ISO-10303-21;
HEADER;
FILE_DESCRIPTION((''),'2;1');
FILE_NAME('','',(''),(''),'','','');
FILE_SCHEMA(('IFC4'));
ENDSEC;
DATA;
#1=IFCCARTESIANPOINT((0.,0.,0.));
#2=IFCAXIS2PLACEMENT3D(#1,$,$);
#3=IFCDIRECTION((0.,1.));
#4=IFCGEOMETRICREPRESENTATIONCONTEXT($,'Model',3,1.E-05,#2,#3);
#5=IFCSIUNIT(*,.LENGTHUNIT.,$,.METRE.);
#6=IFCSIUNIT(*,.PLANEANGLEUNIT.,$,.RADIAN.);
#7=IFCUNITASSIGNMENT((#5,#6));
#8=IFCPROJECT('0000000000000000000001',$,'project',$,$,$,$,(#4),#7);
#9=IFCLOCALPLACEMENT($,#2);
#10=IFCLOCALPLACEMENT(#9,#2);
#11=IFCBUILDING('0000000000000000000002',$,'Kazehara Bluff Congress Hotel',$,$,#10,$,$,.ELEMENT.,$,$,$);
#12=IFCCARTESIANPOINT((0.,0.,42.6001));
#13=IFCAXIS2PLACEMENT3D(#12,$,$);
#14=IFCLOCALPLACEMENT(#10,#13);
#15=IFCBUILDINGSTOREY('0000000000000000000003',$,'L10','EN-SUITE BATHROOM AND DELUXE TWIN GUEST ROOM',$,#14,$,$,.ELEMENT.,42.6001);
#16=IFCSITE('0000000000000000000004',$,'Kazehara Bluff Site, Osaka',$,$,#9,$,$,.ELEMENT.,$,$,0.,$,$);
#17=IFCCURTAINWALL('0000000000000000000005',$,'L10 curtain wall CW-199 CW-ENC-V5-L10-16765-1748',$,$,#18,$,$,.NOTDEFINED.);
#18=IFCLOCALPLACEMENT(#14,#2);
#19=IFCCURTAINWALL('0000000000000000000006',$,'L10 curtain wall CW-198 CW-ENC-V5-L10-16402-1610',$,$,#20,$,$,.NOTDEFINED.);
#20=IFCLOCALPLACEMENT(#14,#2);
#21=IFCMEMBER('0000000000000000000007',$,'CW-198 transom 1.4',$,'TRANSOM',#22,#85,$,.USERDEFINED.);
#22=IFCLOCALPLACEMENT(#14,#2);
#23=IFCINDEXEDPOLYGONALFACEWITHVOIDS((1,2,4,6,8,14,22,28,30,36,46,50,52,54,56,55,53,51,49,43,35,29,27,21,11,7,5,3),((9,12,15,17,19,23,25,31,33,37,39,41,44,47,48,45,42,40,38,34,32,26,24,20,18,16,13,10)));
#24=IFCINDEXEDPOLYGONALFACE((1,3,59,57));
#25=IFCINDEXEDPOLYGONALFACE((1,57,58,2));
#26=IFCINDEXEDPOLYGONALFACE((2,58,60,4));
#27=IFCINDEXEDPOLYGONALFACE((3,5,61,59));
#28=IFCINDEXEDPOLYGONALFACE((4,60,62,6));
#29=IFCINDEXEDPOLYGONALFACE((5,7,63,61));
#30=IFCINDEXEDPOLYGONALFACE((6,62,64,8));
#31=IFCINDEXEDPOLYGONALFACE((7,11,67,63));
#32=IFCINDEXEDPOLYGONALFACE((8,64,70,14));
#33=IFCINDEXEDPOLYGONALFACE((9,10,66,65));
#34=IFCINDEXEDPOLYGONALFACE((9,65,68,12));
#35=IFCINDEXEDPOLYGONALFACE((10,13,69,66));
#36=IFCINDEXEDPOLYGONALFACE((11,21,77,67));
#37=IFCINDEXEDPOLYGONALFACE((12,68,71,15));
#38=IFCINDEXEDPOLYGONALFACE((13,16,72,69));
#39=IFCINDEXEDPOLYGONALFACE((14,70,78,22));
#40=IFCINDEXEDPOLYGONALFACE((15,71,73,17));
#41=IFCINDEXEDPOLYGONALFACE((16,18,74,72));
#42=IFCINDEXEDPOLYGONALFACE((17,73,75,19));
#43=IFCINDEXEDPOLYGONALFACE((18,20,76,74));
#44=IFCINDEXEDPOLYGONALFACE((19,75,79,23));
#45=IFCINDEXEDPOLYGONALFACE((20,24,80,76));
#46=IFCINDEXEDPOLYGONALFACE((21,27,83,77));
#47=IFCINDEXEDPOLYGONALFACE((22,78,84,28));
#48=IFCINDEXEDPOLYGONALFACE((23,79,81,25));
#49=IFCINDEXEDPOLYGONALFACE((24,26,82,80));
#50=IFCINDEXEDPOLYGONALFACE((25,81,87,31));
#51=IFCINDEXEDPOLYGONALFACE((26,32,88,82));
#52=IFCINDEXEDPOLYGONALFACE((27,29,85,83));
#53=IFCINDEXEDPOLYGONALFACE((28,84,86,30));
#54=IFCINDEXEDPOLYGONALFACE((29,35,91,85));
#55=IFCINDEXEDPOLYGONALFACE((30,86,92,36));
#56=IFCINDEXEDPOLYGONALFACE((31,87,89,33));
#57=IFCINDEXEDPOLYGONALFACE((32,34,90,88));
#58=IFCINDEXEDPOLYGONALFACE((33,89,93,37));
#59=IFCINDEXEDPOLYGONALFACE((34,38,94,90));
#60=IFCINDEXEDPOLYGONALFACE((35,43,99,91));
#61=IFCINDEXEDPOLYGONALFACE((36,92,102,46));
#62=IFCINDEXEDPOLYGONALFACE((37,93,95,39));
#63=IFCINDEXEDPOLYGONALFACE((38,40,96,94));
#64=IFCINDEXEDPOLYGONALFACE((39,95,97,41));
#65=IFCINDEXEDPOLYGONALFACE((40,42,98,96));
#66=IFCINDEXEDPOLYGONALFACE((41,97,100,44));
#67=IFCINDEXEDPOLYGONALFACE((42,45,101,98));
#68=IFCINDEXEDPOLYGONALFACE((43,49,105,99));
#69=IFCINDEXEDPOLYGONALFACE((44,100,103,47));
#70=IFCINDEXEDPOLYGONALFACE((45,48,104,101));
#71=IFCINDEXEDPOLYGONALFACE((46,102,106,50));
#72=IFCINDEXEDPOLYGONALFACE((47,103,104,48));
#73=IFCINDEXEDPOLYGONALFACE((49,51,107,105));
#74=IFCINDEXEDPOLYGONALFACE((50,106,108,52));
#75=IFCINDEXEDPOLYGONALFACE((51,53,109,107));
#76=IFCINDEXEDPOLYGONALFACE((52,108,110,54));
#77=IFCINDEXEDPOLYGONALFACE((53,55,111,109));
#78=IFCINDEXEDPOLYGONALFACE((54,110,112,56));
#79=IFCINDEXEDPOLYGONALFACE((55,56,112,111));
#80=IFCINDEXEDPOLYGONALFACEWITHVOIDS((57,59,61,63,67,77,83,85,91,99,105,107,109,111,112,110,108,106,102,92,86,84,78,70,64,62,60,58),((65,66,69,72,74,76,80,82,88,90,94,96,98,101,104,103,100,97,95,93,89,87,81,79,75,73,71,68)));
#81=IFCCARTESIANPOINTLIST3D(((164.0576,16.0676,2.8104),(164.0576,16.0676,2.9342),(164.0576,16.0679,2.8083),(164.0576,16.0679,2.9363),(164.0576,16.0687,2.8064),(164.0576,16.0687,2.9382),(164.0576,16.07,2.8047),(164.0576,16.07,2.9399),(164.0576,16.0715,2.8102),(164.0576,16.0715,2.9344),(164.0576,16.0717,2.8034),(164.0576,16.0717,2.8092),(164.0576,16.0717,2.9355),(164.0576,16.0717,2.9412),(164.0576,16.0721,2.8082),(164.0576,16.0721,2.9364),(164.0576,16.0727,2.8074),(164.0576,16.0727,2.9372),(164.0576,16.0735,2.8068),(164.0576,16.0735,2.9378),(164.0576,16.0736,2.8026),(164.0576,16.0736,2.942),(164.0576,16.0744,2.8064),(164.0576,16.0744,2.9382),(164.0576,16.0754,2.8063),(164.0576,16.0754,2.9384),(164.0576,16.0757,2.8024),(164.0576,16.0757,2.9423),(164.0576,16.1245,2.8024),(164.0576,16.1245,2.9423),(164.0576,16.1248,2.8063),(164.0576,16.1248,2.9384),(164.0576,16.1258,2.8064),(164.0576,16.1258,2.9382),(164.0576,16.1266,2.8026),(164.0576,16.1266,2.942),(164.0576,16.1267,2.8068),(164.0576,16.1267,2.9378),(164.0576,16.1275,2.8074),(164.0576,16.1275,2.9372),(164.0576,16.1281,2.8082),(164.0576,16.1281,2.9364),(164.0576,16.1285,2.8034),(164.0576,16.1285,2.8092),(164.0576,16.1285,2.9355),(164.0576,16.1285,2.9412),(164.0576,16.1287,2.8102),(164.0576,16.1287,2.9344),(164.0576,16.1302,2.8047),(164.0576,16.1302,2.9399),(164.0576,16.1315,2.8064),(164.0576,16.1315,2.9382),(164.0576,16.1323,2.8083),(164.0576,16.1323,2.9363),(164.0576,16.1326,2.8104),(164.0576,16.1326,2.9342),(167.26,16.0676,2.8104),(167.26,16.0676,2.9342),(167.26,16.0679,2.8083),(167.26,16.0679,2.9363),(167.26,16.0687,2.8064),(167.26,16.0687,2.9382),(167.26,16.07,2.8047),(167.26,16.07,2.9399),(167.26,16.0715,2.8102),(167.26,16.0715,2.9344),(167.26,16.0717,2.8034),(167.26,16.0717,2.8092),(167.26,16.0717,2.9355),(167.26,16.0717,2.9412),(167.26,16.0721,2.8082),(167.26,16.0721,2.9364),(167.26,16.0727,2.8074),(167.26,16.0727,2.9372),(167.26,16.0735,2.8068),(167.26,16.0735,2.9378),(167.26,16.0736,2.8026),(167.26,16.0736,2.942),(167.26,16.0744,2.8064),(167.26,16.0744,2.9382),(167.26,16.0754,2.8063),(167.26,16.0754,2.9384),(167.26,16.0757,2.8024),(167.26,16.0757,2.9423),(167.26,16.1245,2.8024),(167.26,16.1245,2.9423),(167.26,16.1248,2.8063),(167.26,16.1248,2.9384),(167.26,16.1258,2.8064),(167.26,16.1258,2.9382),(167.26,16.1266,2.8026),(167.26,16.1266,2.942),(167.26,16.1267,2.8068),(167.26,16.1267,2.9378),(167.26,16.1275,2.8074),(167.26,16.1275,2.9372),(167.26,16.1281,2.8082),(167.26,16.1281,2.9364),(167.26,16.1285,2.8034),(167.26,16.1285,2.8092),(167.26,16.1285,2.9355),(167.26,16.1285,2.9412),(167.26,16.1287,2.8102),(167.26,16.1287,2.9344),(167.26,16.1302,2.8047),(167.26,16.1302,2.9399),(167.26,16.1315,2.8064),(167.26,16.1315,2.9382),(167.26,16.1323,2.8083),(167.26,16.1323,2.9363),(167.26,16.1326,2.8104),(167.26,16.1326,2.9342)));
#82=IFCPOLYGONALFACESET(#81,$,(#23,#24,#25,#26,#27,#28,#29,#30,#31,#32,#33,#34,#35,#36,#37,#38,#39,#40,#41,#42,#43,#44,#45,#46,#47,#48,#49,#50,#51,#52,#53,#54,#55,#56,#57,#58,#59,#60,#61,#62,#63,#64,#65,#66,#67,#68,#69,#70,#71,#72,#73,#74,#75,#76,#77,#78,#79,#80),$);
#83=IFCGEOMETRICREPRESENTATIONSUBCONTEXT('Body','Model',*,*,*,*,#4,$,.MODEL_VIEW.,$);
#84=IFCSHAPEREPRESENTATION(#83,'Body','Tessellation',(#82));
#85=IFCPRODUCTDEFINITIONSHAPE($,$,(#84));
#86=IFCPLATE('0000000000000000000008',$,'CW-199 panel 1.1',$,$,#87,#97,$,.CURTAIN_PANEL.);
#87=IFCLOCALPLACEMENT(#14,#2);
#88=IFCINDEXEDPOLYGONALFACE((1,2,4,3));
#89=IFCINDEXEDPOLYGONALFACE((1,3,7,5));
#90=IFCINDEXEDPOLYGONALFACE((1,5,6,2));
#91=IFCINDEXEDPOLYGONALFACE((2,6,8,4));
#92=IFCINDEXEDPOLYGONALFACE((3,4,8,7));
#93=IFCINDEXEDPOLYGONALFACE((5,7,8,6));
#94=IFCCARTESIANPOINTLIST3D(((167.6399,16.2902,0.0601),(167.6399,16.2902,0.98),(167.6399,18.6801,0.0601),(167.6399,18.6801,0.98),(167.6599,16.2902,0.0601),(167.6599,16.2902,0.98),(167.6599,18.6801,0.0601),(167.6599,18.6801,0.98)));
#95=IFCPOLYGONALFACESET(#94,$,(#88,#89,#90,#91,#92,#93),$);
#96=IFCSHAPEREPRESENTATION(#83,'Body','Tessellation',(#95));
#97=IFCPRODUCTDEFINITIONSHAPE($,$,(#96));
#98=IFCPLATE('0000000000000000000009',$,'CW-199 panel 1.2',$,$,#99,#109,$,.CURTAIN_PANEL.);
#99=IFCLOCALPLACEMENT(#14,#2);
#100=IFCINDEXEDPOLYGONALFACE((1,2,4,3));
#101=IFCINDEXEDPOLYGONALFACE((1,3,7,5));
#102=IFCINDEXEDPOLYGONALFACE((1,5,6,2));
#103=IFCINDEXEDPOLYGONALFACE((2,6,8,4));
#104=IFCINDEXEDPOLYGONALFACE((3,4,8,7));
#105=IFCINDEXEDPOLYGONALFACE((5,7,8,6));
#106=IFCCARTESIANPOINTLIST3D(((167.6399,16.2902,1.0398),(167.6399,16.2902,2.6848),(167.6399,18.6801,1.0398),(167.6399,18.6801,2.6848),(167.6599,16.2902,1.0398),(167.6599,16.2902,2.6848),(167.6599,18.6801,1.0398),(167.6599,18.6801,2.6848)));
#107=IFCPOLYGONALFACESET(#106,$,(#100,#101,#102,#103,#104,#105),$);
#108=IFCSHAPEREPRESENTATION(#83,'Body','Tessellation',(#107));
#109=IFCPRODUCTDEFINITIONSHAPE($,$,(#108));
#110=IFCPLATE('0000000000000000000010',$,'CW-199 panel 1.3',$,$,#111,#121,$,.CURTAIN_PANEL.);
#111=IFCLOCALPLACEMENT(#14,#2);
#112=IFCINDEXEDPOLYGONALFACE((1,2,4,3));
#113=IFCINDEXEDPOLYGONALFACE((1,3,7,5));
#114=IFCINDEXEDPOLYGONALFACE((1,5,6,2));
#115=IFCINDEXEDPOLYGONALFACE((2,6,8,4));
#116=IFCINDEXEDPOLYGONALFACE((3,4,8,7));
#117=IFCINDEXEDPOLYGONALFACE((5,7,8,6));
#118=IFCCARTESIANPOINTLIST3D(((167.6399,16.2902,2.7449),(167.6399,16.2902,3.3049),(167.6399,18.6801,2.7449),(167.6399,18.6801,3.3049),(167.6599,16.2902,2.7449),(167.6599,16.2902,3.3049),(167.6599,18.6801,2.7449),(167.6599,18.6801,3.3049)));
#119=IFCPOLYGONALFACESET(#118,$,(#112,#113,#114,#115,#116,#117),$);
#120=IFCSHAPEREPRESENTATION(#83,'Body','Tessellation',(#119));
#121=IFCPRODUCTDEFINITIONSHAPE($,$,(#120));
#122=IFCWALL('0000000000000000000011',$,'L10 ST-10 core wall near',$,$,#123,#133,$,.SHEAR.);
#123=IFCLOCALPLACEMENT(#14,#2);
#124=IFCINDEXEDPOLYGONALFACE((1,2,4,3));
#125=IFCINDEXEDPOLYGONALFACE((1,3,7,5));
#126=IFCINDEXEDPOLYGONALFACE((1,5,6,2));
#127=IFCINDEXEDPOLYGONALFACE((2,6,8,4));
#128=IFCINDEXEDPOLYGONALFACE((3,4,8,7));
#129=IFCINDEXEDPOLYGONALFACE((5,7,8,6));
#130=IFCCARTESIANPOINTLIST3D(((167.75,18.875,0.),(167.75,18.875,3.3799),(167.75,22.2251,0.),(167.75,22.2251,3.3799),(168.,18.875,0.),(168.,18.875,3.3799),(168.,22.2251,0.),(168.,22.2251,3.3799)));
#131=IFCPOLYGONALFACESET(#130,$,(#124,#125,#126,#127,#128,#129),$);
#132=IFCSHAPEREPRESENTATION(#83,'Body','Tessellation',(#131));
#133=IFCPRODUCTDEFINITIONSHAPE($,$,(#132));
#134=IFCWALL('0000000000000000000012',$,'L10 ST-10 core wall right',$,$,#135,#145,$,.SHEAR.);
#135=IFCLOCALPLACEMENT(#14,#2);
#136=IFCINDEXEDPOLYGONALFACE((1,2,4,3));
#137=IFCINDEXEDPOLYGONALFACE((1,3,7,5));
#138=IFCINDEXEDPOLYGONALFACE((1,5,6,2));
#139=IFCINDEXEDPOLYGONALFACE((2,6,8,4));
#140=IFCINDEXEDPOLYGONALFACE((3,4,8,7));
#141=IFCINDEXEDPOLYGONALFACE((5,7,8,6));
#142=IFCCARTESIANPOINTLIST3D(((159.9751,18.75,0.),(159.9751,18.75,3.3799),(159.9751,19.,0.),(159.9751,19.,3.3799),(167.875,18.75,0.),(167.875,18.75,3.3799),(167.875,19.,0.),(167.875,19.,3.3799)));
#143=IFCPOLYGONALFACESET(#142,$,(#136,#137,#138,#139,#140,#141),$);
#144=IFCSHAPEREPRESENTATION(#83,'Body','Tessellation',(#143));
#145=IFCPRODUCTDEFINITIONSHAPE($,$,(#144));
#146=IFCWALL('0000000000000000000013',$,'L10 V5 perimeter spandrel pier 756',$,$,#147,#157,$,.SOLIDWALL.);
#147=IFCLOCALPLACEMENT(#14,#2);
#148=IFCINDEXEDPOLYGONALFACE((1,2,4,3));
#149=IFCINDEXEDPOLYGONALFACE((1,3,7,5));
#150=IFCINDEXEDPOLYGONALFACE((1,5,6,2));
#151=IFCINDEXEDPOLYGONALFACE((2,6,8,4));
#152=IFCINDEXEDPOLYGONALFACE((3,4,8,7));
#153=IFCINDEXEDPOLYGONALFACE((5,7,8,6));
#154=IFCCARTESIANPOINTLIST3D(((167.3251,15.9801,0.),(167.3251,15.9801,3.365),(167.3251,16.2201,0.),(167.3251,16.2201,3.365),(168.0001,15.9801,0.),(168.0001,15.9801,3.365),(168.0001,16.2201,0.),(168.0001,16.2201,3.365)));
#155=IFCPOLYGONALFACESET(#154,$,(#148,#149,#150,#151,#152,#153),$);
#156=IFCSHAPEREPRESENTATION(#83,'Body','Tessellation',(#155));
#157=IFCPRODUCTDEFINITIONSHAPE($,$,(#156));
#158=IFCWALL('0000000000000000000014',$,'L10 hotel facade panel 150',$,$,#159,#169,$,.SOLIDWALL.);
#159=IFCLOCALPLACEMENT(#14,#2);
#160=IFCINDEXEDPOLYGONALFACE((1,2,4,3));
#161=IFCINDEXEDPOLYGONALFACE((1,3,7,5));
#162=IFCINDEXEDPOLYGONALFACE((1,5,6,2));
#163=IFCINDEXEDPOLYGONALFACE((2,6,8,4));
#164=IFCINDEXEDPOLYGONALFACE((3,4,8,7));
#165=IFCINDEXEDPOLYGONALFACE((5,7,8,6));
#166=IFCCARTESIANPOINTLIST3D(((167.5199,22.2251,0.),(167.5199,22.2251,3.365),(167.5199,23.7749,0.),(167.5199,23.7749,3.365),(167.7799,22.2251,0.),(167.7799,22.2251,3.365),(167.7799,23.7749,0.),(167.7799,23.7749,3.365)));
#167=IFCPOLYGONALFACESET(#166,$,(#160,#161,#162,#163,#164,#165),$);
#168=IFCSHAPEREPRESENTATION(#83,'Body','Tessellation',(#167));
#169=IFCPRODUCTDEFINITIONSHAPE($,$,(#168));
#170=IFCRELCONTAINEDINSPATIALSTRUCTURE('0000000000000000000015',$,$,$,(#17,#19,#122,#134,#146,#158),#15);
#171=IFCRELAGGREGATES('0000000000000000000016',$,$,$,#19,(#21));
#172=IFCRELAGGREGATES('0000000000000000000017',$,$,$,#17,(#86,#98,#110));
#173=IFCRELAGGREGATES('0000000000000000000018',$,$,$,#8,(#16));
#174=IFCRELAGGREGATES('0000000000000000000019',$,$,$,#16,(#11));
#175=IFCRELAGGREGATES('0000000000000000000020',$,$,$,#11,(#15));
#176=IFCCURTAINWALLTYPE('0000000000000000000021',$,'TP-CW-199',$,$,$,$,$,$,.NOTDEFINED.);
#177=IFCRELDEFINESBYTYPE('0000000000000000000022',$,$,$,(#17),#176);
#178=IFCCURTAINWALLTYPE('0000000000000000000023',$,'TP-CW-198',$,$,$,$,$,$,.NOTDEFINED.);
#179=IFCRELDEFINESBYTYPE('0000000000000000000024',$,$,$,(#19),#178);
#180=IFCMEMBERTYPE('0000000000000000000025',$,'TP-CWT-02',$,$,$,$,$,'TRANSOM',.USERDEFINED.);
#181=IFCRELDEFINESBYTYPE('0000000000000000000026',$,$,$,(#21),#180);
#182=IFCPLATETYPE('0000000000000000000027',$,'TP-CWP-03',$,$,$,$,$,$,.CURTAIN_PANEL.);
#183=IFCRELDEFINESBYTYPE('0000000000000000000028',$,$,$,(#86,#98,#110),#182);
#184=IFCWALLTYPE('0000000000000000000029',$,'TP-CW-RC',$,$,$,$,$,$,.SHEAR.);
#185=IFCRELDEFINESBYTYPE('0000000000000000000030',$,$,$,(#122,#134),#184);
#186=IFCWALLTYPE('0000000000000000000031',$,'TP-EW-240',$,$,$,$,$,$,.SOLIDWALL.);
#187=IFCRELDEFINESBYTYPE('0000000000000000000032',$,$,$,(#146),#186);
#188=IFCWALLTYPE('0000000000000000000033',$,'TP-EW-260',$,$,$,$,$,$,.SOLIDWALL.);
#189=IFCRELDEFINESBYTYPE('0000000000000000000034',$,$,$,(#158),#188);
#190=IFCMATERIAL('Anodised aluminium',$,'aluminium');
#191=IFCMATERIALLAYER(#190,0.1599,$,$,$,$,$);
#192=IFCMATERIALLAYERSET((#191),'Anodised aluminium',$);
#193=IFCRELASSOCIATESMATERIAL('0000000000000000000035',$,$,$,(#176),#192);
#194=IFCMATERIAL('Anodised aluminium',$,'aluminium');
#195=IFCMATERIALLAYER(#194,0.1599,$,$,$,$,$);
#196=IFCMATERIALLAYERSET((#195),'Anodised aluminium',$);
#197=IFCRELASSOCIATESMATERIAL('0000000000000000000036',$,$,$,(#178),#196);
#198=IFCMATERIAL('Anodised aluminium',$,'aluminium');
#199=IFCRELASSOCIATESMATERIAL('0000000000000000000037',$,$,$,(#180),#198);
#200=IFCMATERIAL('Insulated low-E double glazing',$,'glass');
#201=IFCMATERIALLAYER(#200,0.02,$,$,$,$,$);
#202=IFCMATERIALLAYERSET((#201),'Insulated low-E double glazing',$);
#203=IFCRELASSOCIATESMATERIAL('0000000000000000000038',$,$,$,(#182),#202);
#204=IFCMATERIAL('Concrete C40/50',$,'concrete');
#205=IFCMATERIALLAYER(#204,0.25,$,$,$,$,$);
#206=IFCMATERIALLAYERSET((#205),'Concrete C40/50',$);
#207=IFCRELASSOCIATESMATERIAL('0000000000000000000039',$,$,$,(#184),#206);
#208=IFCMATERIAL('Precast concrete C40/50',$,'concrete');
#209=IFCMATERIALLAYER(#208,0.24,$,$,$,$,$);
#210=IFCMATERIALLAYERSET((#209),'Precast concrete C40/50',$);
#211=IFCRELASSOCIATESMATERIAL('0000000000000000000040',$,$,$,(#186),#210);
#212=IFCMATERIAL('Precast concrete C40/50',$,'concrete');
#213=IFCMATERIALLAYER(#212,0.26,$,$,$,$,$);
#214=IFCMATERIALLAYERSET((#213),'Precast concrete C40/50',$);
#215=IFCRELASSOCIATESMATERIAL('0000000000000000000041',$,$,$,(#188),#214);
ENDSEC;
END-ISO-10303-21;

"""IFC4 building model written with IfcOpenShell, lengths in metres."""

from ifc_helpers import new_model, si_unit, direction, frame, frame_2d, origin, origin_2d, place, context, subcontext, project, spatial, rectangle, hollow_rectangle, extrude, material, layer, layer_set, material_profile, profile_set, type_object, element, aggregate, save


model = new_model("IFC4")

# Units and contexts
model_context = context("Model", 3, precision=1e-05, world=origin(), true_north=direction((0.0, 1.0)))
body_context = subcontext(model_context, "Body", "Model", "MODEL_VIEW")
ifc_project = project(units=[si_unit("LENGTHUNIT", "METRE"), si_unit("PLANEANGLEUNIT", "RADIAN")], contexts=[model_context])

# Site, building, storey
site_placement = place(None, origin())
site = spatial("IfcSite", under=ifc_project, at=site_placement, Name="Kazehara Bluff Site, Osaka", CompositionType="ELEMENT", RefElevation=0.0)
building_placement = place(site_placement, origin())
building = spatial("IfcBuilding", under=site, at=building_placement, Name="Kazehara Bluff Congress Hotel", CompositionType="ELEMENT")
storey_placement = place(building_placement, frame((0.0, 0.0, 42.6001)))
storey = spatial("IfcBuildingStorey", under=building, at=storey_placement, Name="L10", Description="EN-SUITE BATHROOM AND DELUXE TWIN GUEST ROOM", CompositionType="ELEMENT", Elevation=42.6001)

# Curtain wall
ifc_material_1 = material(Name="Anodised aluminium", Category="aluminium")
ifc_layer_1 = layer(ifc_material_1, 0.1599)
ifc_layer_set_1 = layer_set([ifc_layer_1], Name="Anodised aluminium")
curtain_wall_type_1 = type_object("IfcCurtainWallType", Name="TP-CW-199", PredefinedType="NOTDEFINED", material=ifc_layer_set_1)
curtain_wall_1_placement = place(storey_placement, origin())
curtain_wall_1 = element("IfcCurtainWall", 1, at=curtain_wall_1_placement, inside=storey, type_object=curtain_wall_type_1, Name="L10 curtain wall CW-199 CW-ENC-V5-L10-16765-1748", PredefinedType="NOTDEFINED")

# Curtain wall
ifc_material_2 = material(Name="Anodised aluminium", Category="aluminium")
ifc_layer_2 = layer(ifc_material_2, 0.1599)
ifc_layer_set_2 = layer_set([ifc_layer_2], Name="Anodised aluminium")
curtain_wall_type_2 = type_object("IfcCurtainWallType", Name="TP-CW-198", PredefinedType="NOTDEFINED", material=ifc_layer_set_2)
curtain_wall_2_placement = place(storey_placement, origin())
curtain_wall_2 = element("IfcCurtainWall", 2, at=curtain_wall_2_placement, inside=storey, type_object=curtain_wall_type_2, Name="L10 curtain wall CW-198 CW-ENC-V5-L10-16402-1610", PredefinedType="NOTDEFINED")

# Member
ifc_material_3 = material(Name="Anodised aluminium", Category="aluminium")
ifc_material_profile_1 = material_profile(ifc_material_3, hollow_rectangle(XDim=0.0649, YDim=0.1399, WallThickness=0.0039, InnerFilletRadius=0.0039, OuterFilletRadius=0.0081, at=origin_2d()))
ifc_profile_set_1 = profile_set([ifc_material_profile_1], Name="Anodised aluminium")
member_type_1 = type_object("IfcMemberType", Name="TP-CWT-02", ElementType="TRANSOM", PredefinedType="USERDEFINED", material=ifc_profile_set_1)
member_1_placement = place(storey_placement, frame((167.26, 16.1001, 2.8723), z_axis=(-1.0, 0.0, 0.0), x_axis=(0.0, -1.0, 0.0)))
member_1 = element("IfcMember", 3, at=member_1_placement, type_object=member_type_1, Name="CW-198 transom 1.4", ObjectType="TRANSOM", PredefinedType="USERDEFINED", context=body_context, shape_type="SweptSolid", body=[
    extrude(hollow_rectangle(XDim=0.0649, YDim=0.1399, WallThickness=0.0039, InnerFilletRadius=0.0039, OuterFilletRadius=0.0081, at=origin_2d()), origin(), (0.0, 0.0, 1.0), 3.2024),
])
aggregate(curtain_wall_2, [member_1])

# Plates
ifc_material_4 = material(Name="Insulated low-E double glazing", Category="glass")
ifc_layer_3 = layer(ifc_material_4, 0.02)
ifc_layer_set_3 = layer_set([ifc_layer_3], Name="Insulated low-E double glazing")
plate_type = type_object("IfcPlateType", Name="TP-CWP-03", PredefinedType="CURTAIN_PANEL", material=ifc_layer_set_3)
plate_1_placement = place(storey_placement, frame((167.6499, 17.4851, 0.0601), z_axis=(0.0, 0.0, 1.0), x_axis=(0.0, -1.0, 0.0)))
plate_1 = element("IfcPlate", 4, at=plate_1_placement, type_object=plate_type, Name="CW-199 panel 1.1", PredefinedType="CURTAIN_PANEL", context=body_context, shape_type="SweptSolid", body=[
    extrude(rectangle(XDim=2.3899, YDim=0.02, at=origin_2d()), origin(), (0.0, 0.0, 1.0), 0.9199),
])
plate_2_placement = place(storey_placement, frame((167.6499, 17.4851, 1.0398), z_axis=(0.0, 0.0, 1.0), x_axis=(0.0, -1.0, 0.0)))
plate_2 = element("IfcPlate", 5, at=plate_2_placement, type_object=plate_type, Name="CW-199 panel 1.2", PredefinedType="CURTAIN_PANEL", context=body_context, shape_type="SweptSolid", body=[
    extrude(rectangle(XDim=2.3899, YDim=0.02, at=origin_2d()), origin(), (0.0, 0.0, 1.0), 1.645),
])
plate_3_placement = place(storey_placement, frame((167.6499, 17.4851, 2.7449), z_axis=(0.0, 0.0, 1.0), x_axis=(0.0, -1.0, 0.0)))
plate_3 = element("IfcPlate", 6, at=plate_3_placement, type_object=plate_type, Name="CW-199 panel 1.3", PredefinedType="CURTAIN_PANEL", context=body_context, shape_type="SweptSolid", body=[
    extrude(rectangle(XDim=2.3899, YDim=0.02, at=origin_2d()), origin(), (0.0, 0.0, 1.0), 0.5601),
])
aggregate(curtain_wall_1, [plate_1, plate_2, plate_3])

# Walls
ifc_material_5 = material(Name="Concrete C40/50", Category="concrete")
ifc_layer_4 = layer(ifc_material_5, 0.25)
ifc_layer_set_4 = layer_set([ifc_layer_4], Name="Concrete C40/50")
wall_type_1 = type_object("IfcWallType", Name="TP-CW-RC", PredefinedType="SHEAR", material=ifc_layer_set_4)
wall_1_placement = place(storey_placement, frame((167.875, 22.2251, 0.0), z_axis=(0.0, 0.0, 1.0), x_axis=(0.0, -1.0, 0.0)))
element("IfcWall", 7, at=wall_1_placement, inside=storey, type_object=wall_type_1, Name="L10 ST-10 core wall near", PredefinedType="SHEAR", context=body_context, shape_type="SweptSolid", body=[
    extrude(rectangle(XDim=3.3501, YDim=0.25, at=frame_2d((1.675, 0.0))), origin(), (0.0, 0.0, 1.0), 3.3799),
])
wall_2_placement = place(storey_placement, frame((167.875, 18.875, 0.0), z_axis=(0.0, 0.0, 1.0), x_axis=(-1.0, 0.0, 0.0)))
element("IfcWall", 8, at=wall_2_placement, inside=storey, type_object=wall_type_1, Name="L10 ST-10 core wall right", PredefinedType="SHEAR", context=body_context, shape_type="SweptSolid", body=[
    extrude(rectangle(XDim=7.8999, YDim=0.25, at=frame_2d((3.95, 0.0))), origin(), (0.0, 0.0, 1.0), 3.3799),
])
ifc_material_6 = material(Name="Precast concrete C40/50", Category="concrete")
ifc_layer_5 = layer(ifc_material_6, 0.24)
ifc_layer_set_5 = layer_set([ifc_layer_5], Name="Precast concrete C40/50")
wall_type_2 = type_object("IfcWallType", Name="TP-EW-240", PredefinedType="SOLIDWALL", material=ifc_layer_set_5)
wall_3_placement = place(storey_placement, frame((168.0, 16.1001, 0.0), z_axis=(0.0, 0.0, 1.0), x_axis=(-1.0, 0.0, 0.0)))
element("IfcWall", 9, at=wall_3_placement, inside=storey, type_object=wall_type_2, Name="L10 V5 perimeter spandrel pier 756", PredefinedType="SOLIDWALL", context=body_context, shape_type="SweptSolid", body=[
    extrude(rectangle(XDim=0.675, YDim=0.24, at=frame_2d((0.3374, 0.0))), origin(), (0.0, 0.0, 1.0), 3.365),
])
ifc_material_7 = material(Name="Precast concrete C40/50", Category="concrete")
ifc_layer_6 = layer(ifc_material_7, 0.26)
ifc_layer_set_6 = layer_set([ifc_layer_6], Name="Precast concrete C40/50")
wall_type_3 = type_object("IfcWallType", Name="TP-EW-260", PredefinedType="SOLIDWALL", material=ifc_layer_set_6)
wall_4_placement = place(storey_placement, frame((167.6499, 23.7749, 0.0), z_axis=(0.0, 0.0, 1.0), x_axis=(0.0, -1.0, 0.0)))
element("IfcWall", 10, at=wall_4_placement, inside=storey, type_object=wall_type_3, Name="L10 hotel facade panel 150", PredefinedType="SOLIDWALL", context=body_context, shape_type="SweptSolid", body=[
    extrude(rectangle(XDim=1.5498, YDim=0.26, at=frame_2d((0.7749, 0.0))), origin(), (0.0, 0.0, 1.0), 3.365),
])

save(model, "model.ifc")
